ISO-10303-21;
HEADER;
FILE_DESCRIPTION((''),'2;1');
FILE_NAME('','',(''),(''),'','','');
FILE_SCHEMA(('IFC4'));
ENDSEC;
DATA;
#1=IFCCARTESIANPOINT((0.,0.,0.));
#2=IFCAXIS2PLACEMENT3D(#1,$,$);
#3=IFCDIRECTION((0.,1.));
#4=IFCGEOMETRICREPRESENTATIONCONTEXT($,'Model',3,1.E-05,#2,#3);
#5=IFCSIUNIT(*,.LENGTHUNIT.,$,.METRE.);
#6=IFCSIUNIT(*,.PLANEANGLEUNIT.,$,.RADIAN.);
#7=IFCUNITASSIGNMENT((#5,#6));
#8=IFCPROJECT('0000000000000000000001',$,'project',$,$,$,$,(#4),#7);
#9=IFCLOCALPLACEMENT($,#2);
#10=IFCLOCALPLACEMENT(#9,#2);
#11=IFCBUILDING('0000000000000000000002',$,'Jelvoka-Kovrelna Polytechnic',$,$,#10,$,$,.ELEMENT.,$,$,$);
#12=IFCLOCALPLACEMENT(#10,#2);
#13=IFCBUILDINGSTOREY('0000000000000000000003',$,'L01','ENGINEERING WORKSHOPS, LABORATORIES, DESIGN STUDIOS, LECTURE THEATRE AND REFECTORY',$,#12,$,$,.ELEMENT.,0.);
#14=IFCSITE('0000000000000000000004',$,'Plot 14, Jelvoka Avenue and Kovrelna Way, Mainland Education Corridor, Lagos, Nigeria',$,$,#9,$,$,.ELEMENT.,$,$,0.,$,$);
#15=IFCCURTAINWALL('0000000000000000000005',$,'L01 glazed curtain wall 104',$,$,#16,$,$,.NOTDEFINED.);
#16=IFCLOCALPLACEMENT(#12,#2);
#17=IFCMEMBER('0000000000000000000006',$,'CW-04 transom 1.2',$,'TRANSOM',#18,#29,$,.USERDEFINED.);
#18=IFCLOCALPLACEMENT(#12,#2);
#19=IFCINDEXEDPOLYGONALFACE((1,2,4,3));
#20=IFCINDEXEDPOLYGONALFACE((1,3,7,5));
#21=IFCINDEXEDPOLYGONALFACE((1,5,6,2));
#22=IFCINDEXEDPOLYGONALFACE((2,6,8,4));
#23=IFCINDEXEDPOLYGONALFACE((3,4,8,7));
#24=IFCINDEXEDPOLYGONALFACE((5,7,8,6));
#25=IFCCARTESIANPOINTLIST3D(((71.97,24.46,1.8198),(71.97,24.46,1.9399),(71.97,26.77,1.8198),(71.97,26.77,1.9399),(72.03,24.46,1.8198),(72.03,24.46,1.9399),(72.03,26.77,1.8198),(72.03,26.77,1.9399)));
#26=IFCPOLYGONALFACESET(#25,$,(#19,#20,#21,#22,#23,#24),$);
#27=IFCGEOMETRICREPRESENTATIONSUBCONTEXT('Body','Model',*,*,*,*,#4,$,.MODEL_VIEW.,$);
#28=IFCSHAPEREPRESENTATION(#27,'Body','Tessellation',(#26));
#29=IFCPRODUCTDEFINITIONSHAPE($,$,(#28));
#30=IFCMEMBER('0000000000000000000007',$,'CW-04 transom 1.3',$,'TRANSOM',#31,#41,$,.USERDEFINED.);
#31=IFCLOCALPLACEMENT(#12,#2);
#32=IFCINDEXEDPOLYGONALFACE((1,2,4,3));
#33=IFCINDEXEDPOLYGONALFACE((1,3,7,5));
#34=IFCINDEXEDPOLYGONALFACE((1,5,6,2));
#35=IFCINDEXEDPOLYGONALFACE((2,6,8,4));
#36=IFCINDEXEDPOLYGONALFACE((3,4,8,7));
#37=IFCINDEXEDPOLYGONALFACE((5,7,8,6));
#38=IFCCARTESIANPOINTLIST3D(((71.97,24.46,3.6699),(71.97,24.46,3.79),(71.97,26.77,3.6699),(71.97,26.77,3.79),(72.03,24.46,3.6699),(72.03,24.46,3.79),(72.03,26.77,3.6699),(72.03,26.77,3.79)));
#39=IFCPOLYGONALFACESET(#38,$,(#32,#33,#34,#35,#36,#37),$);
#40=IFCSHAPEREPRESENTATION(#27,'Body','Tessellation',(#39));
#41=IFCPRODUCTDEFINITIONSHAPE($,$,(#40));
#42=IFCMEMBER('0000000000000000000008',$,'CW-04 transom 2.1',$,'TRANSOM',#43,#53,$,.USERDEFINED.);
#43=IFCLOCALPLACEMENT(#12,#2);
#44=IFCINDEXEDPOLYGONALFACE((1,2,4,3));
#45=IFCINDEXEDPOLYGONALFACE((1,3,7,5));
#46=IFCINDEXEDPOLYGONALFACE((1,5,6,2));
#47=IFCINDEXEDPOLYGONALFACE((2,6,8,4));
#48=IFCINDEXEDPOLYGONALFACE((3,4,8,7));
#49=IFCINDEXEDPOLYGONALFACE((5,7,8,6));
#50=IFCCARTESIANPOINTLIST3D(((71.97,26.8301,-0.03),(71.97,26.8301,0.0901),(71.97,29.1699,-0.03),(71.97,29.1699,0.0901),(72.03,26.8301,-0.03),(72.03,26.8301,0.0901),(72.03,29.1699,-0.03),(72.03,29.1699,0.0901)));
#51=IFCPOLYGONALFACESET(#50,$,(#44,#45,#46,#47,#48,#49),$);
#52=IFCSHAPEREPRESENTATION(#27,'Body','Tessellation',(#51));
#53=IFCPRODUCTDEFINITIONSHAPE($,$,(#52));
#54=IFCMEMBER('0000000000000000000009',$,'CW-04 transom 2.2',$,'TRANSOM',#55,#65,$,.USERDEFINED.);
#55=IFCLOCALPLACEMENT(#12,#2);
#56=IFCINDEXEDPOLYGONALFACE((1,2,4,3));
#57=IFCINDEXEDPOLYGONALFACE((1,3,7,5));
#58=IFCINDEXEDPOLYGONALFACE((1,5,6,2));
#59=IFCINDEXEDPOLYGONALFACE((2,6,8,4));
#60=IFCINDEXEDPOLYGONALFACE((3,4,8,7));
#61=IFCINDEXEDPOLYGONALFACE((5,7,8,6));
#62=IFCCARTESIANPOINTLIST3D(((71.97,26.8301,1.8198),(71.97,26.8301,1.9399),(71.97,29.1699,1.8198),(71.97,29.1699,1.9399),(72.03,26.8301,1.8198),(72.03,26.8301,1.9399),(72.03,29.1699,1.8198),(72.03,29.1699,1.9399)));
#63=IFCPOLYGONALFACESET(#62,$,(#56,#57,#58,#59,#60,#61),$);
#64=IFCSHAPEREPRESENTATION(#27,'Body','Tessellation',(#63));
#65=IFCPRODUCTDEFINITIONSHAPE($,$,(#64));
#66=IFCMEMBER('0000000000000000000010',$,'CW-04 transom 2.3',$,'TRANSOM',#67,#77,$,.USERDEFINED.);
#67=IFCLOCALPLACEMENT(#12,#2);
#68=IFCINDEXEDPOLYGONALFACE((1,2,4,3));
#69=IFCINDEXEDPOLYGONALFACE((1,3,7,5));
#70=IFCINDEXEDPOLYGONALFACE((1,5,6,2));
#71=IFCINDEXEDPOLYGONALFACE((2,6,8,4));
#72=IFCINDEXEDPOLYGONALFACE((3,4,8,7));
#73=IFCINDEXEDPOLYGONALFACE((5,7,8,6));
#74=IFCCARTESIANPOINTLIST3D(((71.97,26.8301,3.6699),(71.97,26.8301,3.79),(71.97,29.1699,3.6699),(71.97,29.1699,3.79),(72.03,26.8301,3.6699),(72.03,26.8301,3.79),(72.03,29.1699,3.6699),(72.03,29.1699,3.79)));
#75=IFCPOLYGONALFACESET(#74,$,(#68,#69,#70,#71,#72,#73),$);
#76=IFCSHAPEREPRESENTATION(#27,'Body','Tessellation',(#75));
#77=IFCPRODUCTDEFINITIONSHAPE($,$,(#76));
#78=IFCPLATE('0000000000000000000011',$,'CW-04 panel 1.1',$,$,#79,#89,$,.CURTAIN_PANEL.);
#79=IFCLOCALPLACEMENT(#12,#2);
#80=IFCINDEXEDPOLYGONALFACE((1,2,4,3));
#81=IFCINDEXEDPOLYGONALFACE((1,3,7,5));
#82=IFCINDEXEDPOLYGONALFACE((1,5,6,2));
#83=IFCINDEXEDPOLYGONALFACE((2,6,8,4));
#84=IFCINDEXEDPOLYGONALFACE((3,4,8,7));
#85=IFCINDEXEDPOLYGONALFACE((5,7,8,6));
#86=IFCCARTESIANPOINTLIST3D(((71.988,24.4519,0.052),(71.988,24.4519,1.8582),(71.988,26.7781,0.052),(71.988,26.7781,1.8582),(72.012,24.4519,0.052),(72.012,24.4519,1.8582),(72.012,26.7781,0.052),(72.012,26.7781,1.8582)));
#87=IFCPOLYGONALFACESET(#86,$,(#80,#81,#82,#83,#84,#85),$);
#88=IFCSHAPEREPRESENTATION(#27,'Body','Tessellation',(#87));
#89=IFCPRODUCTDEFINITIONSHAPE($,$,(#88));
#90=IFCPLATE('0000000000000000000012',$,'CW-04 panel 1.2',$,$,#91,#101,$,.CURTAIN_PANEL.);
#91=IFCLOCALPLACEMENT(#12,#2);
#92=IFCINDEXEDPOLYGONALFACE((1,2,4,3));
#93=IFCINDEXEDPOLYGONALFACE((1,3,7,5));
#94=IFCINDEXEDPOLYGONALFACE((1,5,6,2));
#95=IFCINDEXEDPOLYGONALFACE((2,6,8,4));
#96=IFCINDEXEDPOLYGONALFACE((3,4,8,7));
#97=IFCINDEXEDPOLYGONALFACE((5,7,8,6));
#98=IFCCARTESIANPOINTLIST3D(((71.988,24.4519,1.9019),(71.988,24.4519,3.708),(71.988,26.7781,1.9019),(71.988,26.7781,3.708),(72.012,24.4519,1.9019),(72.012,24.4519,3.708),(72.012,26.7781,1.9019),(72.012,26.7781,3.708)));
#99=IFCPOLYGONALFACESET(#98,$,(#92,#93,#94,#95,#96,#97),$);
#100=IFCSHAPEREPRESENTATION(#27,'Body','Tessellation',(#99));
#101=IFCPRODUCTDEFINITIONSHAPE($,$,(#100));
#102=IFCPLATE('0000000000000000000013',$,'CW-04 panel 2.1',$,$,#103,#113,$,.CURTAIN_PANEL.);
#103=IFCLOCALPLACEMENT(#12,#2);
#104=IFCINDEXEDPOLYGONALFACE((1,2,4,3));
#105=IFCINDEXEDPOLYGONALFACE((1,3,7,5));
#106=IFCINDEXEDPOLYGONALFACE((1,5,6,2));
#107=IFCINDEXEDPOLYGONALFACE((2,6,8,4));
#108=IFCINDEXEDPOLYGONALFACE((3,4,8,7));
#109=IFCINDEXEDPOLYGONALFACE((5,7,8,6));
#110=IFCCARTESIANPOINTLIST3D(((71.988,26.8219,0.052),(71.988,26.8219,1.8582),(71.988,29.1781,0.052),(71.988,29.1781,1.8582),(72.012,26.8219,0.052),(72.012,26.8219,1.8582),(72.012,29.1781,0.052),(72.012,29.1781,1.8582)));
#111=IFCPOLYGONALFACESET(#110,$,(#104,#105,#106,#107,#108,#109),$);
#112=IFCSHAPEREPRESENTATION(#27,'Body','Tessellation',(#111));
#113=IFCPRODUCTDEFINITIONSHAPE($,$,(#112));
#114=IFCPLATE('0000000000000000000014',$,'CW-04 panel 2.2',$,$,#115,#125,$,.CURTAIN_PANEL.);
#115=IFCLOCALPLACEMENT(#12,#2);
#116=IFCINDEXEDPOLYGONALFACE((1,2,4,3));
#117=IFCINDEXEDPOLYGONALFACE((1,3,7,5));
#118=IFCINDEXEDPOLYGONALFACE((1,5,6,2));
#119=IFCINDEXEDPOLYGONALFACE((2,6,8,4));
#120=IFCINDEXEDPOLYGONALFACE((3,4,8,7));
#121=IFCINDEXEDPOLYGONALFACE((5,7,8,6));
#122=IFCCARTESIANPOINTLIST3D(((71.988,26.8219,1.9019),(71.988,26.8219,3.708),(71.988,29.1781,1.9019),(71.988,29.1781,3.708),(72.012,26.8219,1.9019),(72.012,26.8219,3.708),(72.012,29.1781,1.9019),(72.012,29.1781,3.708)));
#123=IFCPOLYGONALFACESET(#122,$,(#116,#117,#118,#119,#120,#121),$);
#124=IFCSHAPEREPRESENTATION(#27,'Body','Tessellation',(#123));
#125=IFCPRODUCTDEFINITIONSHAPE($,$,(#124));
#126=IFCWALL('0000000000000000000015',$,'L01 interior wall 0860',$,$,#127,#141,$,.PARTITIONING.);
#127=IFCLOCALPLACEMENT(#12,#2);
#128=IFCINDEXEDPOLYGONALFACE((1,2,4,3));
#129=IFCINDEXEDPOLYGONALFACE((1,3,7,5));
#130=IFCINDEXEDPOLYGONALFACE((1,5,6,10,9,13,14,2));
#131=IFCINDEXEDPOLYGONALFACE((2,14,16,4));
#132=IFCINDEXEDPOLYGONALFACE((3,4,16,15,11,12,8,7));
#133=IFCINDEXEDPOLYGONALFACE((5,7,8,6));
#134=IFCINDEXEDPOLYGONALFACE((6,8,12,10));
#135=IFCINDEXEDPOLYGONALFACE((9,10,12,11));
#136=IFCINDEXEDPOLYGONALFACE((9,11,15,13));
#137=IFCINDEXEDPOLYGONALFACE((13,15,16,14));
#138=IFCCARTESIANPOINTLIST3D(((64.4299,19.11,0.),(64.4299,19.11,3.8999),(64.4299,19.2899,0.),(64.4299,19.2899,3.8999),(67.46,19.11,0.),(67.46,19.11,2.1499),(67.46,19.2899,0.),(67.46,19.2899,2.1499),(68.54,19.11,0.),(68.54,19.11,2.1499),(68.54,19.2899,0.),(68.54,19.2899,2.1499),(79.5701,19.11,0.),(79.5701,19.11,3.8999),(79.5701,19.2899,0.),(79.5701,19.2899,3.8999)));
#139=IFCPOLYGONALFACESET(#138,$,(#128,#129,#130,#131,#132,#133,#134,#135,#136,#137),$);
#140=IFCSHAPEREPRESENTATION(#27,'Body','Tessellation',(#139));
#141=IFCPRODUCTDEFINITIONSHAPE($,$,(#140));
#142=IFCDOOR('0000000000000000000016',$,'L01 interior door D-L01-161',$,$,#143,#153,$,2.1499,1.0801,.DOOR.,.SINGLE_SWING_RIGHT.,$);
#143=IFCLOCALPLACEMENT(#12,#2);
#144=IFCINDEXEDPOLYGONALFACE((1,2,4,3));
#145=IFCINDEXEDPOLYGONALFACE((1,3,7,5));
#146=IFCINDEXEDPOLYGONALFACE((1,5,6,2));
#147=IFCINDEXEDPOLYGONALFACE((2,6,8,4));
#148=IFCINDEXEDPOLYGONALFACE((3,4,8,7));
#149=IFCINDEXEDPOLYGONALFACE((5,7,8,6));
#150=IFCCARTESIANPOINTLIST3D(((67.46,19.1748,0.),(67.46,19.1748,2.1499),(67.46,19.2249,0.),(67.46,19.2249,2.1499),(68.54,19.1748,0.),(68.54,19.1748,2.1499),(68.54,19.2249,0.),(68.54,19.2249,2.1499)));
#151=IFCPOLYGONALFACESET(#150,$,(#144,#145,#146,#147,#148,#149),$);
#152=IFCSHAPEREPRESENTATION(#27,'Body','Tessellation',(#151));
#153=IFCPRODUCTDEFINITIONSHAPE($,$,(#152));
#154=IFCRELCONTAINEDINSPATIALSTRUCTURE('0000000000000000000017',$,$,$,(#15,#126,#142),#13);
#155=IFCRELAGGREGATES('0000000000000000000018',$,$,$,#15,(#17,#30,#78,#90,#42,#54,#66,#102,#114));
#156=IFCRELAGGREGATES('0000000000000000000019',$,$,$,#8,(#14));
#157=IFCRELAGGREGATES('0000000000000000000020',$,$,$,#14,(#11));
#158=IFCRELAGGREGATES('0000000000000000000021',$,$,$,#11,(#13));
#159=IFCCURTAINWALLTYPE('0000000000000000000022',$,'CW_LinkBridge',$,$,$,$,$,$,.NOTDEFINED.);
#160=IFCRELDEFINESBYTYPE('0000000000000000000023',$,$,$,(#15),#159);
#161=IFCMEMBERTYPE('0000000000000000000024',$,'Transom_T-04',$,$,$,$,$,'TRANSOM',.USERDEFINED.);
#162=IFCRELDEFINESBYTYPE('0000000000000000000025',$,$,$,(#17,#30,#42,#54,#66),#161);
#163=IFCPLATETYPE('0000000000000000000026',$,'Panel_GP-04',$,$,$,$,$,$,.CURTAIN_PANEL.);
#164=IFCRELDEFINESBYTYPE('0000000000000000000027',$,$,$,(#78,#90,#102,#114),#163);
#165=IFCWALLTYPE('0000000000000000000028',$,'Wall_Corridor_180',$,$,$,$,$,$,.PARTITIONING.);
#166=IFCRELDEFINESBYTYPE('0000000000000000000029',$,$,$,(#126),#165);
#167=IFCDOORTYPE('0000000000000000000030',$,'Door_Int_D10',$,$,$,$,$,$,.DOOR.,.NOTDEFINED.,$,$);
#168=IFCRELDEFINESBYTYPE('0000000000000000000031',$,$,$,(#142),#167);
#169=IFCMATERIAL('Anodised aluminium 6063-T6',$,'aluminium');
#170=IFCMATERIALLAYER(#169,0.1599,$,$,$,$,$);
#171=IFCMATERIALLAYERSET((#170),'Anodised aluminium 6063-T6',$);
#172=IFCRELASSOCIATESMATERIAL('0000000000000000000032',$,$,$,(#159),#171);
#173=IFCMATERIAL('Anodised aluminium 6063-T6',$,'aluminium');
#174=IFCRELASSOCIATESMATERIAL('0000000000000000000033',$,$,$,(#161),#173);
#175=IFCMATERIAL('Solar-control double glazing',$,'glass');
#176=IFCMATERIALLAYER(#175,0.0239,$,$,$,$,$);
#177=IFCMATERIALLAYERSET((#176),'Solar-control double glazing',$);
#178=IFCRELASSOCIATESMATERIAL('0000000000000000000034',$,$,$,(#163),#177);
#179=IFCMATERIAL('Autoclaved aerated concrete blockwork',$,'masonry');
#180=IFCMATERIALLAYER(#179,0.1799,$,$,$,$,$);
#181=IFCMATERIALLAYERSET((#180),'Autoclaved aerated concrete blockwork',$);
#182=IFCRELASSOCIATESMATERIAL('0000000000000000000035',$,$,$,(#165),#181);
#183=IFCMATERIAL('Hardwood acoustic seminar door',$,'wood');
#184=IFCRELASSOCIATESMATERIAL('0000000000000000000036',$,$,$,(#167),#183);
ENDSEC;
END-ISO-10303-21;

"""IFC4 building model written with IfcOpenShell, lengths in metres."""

from ifc_helpers import new_model, si_unit, direction, frame, frame_2d, origin, origin_2d, place, context, subcontext, project, spatial, rectangle, extrude, material, layer, layer_set, material_profile, profile_set, type_object, element, fill, aggregate, save


model = new_model("IFC4")

# Units and contexts
model_context = context("Model", 3, precision=1e-05, world=origin(), true_north=direction((0.0, 1.0)))
body_context = subcontext(model_context, "Body", "Model", "MODEL_VIEW")
ifc_project = project(units=[si_unit("LENGTHUNIT", "METRE"), si_unit("PLANEANGLEUNIT", "RADIAN")], contexts=[model_context])

# Site, building, storey
site_placement = place(None, origin())
site = spatial("IfcSite", under=ifc_project, at=site_placement, Name="Plot 14, Jelvoka Avenue and Kovrelna Way, Mainland Education Corridor, Lagos, Nigeria", CompositionType="ELEMENT", RefElevation=0.0)
building_placement = place(site_placement, origin())
building = spatial("IfcBuilding", under=site, at=building_placement, Name="Jelvoka-Kovrelna Polytechnic", CompositionType="ELEMENT")
storey_placement = place(building_placement, origin())
storey = spatial("IfcBuildingStorey", under=building, at=storey_placement, Name="L01", Description="ENGINEERING WORKSHOPS, LABORATORIES, DESIGN STUDIOS, LECTURE THEATRE AND REFECTORY", CompositionType="ELEMENT", Elevation=0.0)

# Curtain wall
ifc_material_1 = material(Name="Anodised aluminium 6063-T6", Category="aluminium")
ifc_layer_1 = layer(ifc_material_1, 0.1599)
ifc_layer_set_1 = layer_set([ifc_layer_1], Name="Anodised aluminium 6063-T6")
curtain_wall_type = type_object("IfcCurtainWallType", Name="CW_LinkBridge", PredefinedType="NOTDEFINED", material=ifc_layer_set_1)
curtain_wall_placement = place(storey_placement, origin())
curtain_wall = element("IfcCurtainWall", 1, at=curtain_wall_placement, inside=storey, type_object=curtain_wall_type, Name="L01 glazed curtain wall 104", PredefinedType="NOTDEFINED")

# Members
ifc_material_2 = material(Name="Anodised aluminium 6063-T6", Category="aluminium")
ifc_material_profile_1 = material_profile(ifc_material_2, rectangle(XDim=0.0601, YDim=0.1201, at=origin_2d()), Name="ALU 60x120")
ifc_profile_set_1 = profile_set([ifc_material_profile_1], Name="Anodised aluminium 6063-T6")
member_type_1 = type_object("IfcMemberType", Name="Transom_T-04", ElementType="TRANSOM", PredefinedType="USERDEFINED", material=ifc_profile_set_1)
member_1_placement = place(storey_placement, frame((72.0, 24.46, 1.8799), z_axis=(0.0, 1.0, 0.0), x_axis=(-1.0, 0.0, 0.0)))
member_1 = element("IfcMember", 2, at=member_1_placement, type_object=member_type_1, Name="CW-04 transom 1.2", ObjectType="TRANSOM", PredefinedType="USERDEFINED", context=body_context, shape_type="SweptSolid", body=[
    extrude(rectangle(XDim=0.0601, YDim=0.1201, at=origin_2d()), origin(), (0.0, 0.0, 1.0), 2.3101),
])
member_2_placement = place(storey_placement, frame((72.0, 24.46, 3.73), z_axis=(0.0, 1.0, 0.0), x_axis=(-1.0, 0.0, 0.0)))
member_2 = element("IfcMember", 3, at=member_2_placement, type_object=member_type_1, Name="CW-04 transom 1.3", ObjectType="TRANSOM", PredefinedType="USERDEFINED", context=body_context, shape_type="SweptSolid", body=[
    extrude(rectangle(XDim=0.0601, YDim=0.1201, at=origin_2d()), origin(), (0.0, 0.0, 1.0), 2.3101),
])
member_3_placement = place(storey_placement, frame((72.0, 26.8301, 0.03), z_axis=(0.0, 1.0, 0.0), x_axis=(-1.0, 0.0, 0.0)))
member_3 = element("IfcMember", 4, at=member_3_placement, type_object=member_type_1, Name="CW-04 transom 2.1", ObjectType="TRANSOM", PredefinedType="USERDEFINED", context=body_context, shape_type="SweptSolid", body=[
    extrude(rectangle(XDim=0.0601, YDim=0.1201, at=origin_2d()), origin(), (0.0, 0.0, 1.0), 2.3398),
])
member_4_placement = place(storey_placement, frame((72.0, 26.8301, 1.8799), z_axis=(0.0, 1.0, 0.0), x_axis=(-1.0, 0.0, 0.0)))
member_4 = element("IfcMember", 5, at=member_4_placement, type_object=member_type_1, Name="CW-04 transom 2.2", ObjectType="TRANSOM", PredefinedType="USERDEFINED", context=body_context, shape_type="SweptSolid", body=[
    extrude(rectangle(XDim=0.0601, YDim=0.1201, at=origin_2d()), origin(), (0.0, 0.0, 1.0), 2.3398),
])
member_5_placement = place(storey_placement, frame((72.0, 26.8301, 3.73), z_axis=(0.0, 1.0, 0.0), x_axis=(-1.0, 0.0, 0.0)))
member_5 = element("IfcMember", 6, at=member_5_placement, type_object=member_type_1, Name="CW-04 transom 2.3", ObjectType="TRANSOM", PredefinedType="USERDEFINED", context=body_context, shape_type="SweptSolid", body=[
    extrude(rectangle(XDim=0.0601, YDim=0.1201, at=origin_2d()), origin(), (0.0, 0.0, 1.0), 2.3398),
])

# Plates
ifc_material_3 = material(Name="Solar-control double glazing", Category="glass")
ifc_layer_2 = layer(ifc_material_3, 0.0239)
ifc_layer_set_2 = layer_set([ifc_layer_2], Name="Solar-control double glazing")
plate_type = type_object("IfcPlateType", Name="Panel_GP-04", PredefinedType="CURTAIN_PANEL", material=ifc_layer_set_2)
plate_1_placement = place(storey_placement, frame((72.0, 25.615, 0.052), z_axis=(0.0, 0.0, 1.0), x_axis=(0.0, 1.0, 0.0)))
plate_1 = element("IfcPlate", 7, at=plate_1_placement, type_object=plate_type, Name="CW-04 panel 1.1", PredefinedType="CURTAIN_PANEL", context=body_context, shape_type="SweptSolid", body=[
    extrude(rectangle(XDim=2.3262, YDim=0.0239, at=origin_2d()), origin(), (0.0, 0.0, 1.0), 1.8062),
])
plate_2_placement = place(storey_placement, frame((72.0, 25.615, 1.9019), z_axis=(0.0, 0.0, 1.0), x_axis=(0.0, 1.0, 0.0)))
plate_2 = element("IfcPlate", 8, at=plate_2_placement, type_object=plate_type, Name="CW-04 panel 1.2", PredefinedType="CURTAIN_PANEL", context=body_context, shape_type="SweptSolid", body=[
    extrude(rectangle(XDim=2.3262, YDim=0.0239, at=origin_2d()), origin(), (0.0, 0.0, 1.0), 1.8062),
])
plate_3_placement = place(storey_placement, frame((72.0, 28.0, 0.052), z_axis=(0.0, 0.0, 1.0), x_axis=(0.0, 1.0, 0.0)))
plate_3 = element("IfcPlate", 9, at=plate_3_placement, type_object=plate_type, Name="CW-04 panel 2.1", PredefinedType="CURTAIN_PANEL", context=body_context, shape_type="SweptSolid", body=[
    extrude(rectangle(XDim=2.3562, YDim=0.0239, at=origin_2d()), origin(), (0.0, 0.0, 1.0), 1.8062),
])
plate_4_placement = place(storey_placement, frame((72.0, 28.0, 1.9019), z_axis=(0.0, 0.0, 1.0), x_axis=(0.0, 1.0, 0.0)))
plate_4 = element("IfcPlate", 10, at=plate_4_placement, type_object=plate_type, Name="CW-04 panel 2.2", PredefinedType="CURTAIN_PANEL", context=body_context, shape_type="SweptSolid", body=[
    extrude(rectangle(XDim=2.3562, YDim=0.0239, at=origin_2d()), origin(), (0.0, 0.0, 1.0), 1.8062),
])
aggregate(curtain_wall, [member_1, member_2, plate_1, plate_2, member_3, member_4, member_5, plate_3, plate_4])

# Wall, opening, door
ifc_material_4 = material(Name="Autoclaved aerated concrete blockwork", Category="masonry")
ifc_layer_3 = layer(ifc_material_4, 0.1799)
ifc_layer_set_3 = layer_set([ifc_layer_3], Name="Autoclaved aerated concrete blockwork")
wall_type_1 = type_object("IfcWallType", Name="Wall_Corridor_180", PredefinedType="PARTITIONING", material=ifc_layer_set_3)
wall_1_placement = place(storey_placement, frame((64.4299, 19.2, 0.0), z_axis=(0.0, 0.0, 1.0), x_axis=(1.0, 0.0, 0.0)))
wall_1 = element("IfcWall", 11, at=wall_1_placement, inside=storey, type_object=wall_type_1, Name="L01 interior wall 0860", PredefinedType="PARTITIONING", context=body_context, shape_type="SweptSolid", body=[
    extrude(rectangle(XDim=15.1401, YDim=0.1799, at=frame_2d((7.5701, 0.0))), origin(), (0.0, 0.0, 1.0), 3.8999),
])
opening_1_placement = place(wall_1_placement, frame((3.03, 0.0, 0.0)))
opening_1 = element("IfcOpeningElement", 12, at=opening_1_placement, cuts=wall_1, PredefinedType="OPENING", context=body_context, shape_type="SweptSolid", body=[
    extrude(rectangle(XDim=1.0801, YDim=2.1499, at=frame_2d((0.54, 1.075))), frame((0.0, 0.0999, 0.0), z_axis=(0.0, -1.0, 0.0), x_axis=(1.0, 0.0, 0.0)), (0.0, 0.0, 1.0), 0.2),
])
ifc_material_5 = material(Name="Hardwood acoustic seminar door", Category="wood")
door_type = type_object("IfcDoorType", Name="Door_Int_D10", OperationType="NOTDEFINED", PredefinedType="DOOR", material=ifc_material_5)
door_placement = place(opening_1_placement, origin())
door = element("IfcDoor", 13, at=door_placement, inside=storey, type_object=door_type, Name="L01 interior door D-L01-161", OperationType="SINGLE_SWING_RIGHT", OverallHeight=2.1499, OverallWidth=1.0801, PredefinedType="DOOR", context=body_context, shape_type="SweptSolid", body=[
    extrude(rectangle(XDim=1.0801, YDim=2.1499, at=frame_2d((0.54, 1.075))), frame((0.0, 0.0249, 0.0), z_axis=(0.0, -1.0, 0.0), x_axis=(1.0, 0.0, 0.0)), (0.0, 0.0, 1.0), 0.05),
])
fill(opening_1, door)

save(model, "model.ifc")
